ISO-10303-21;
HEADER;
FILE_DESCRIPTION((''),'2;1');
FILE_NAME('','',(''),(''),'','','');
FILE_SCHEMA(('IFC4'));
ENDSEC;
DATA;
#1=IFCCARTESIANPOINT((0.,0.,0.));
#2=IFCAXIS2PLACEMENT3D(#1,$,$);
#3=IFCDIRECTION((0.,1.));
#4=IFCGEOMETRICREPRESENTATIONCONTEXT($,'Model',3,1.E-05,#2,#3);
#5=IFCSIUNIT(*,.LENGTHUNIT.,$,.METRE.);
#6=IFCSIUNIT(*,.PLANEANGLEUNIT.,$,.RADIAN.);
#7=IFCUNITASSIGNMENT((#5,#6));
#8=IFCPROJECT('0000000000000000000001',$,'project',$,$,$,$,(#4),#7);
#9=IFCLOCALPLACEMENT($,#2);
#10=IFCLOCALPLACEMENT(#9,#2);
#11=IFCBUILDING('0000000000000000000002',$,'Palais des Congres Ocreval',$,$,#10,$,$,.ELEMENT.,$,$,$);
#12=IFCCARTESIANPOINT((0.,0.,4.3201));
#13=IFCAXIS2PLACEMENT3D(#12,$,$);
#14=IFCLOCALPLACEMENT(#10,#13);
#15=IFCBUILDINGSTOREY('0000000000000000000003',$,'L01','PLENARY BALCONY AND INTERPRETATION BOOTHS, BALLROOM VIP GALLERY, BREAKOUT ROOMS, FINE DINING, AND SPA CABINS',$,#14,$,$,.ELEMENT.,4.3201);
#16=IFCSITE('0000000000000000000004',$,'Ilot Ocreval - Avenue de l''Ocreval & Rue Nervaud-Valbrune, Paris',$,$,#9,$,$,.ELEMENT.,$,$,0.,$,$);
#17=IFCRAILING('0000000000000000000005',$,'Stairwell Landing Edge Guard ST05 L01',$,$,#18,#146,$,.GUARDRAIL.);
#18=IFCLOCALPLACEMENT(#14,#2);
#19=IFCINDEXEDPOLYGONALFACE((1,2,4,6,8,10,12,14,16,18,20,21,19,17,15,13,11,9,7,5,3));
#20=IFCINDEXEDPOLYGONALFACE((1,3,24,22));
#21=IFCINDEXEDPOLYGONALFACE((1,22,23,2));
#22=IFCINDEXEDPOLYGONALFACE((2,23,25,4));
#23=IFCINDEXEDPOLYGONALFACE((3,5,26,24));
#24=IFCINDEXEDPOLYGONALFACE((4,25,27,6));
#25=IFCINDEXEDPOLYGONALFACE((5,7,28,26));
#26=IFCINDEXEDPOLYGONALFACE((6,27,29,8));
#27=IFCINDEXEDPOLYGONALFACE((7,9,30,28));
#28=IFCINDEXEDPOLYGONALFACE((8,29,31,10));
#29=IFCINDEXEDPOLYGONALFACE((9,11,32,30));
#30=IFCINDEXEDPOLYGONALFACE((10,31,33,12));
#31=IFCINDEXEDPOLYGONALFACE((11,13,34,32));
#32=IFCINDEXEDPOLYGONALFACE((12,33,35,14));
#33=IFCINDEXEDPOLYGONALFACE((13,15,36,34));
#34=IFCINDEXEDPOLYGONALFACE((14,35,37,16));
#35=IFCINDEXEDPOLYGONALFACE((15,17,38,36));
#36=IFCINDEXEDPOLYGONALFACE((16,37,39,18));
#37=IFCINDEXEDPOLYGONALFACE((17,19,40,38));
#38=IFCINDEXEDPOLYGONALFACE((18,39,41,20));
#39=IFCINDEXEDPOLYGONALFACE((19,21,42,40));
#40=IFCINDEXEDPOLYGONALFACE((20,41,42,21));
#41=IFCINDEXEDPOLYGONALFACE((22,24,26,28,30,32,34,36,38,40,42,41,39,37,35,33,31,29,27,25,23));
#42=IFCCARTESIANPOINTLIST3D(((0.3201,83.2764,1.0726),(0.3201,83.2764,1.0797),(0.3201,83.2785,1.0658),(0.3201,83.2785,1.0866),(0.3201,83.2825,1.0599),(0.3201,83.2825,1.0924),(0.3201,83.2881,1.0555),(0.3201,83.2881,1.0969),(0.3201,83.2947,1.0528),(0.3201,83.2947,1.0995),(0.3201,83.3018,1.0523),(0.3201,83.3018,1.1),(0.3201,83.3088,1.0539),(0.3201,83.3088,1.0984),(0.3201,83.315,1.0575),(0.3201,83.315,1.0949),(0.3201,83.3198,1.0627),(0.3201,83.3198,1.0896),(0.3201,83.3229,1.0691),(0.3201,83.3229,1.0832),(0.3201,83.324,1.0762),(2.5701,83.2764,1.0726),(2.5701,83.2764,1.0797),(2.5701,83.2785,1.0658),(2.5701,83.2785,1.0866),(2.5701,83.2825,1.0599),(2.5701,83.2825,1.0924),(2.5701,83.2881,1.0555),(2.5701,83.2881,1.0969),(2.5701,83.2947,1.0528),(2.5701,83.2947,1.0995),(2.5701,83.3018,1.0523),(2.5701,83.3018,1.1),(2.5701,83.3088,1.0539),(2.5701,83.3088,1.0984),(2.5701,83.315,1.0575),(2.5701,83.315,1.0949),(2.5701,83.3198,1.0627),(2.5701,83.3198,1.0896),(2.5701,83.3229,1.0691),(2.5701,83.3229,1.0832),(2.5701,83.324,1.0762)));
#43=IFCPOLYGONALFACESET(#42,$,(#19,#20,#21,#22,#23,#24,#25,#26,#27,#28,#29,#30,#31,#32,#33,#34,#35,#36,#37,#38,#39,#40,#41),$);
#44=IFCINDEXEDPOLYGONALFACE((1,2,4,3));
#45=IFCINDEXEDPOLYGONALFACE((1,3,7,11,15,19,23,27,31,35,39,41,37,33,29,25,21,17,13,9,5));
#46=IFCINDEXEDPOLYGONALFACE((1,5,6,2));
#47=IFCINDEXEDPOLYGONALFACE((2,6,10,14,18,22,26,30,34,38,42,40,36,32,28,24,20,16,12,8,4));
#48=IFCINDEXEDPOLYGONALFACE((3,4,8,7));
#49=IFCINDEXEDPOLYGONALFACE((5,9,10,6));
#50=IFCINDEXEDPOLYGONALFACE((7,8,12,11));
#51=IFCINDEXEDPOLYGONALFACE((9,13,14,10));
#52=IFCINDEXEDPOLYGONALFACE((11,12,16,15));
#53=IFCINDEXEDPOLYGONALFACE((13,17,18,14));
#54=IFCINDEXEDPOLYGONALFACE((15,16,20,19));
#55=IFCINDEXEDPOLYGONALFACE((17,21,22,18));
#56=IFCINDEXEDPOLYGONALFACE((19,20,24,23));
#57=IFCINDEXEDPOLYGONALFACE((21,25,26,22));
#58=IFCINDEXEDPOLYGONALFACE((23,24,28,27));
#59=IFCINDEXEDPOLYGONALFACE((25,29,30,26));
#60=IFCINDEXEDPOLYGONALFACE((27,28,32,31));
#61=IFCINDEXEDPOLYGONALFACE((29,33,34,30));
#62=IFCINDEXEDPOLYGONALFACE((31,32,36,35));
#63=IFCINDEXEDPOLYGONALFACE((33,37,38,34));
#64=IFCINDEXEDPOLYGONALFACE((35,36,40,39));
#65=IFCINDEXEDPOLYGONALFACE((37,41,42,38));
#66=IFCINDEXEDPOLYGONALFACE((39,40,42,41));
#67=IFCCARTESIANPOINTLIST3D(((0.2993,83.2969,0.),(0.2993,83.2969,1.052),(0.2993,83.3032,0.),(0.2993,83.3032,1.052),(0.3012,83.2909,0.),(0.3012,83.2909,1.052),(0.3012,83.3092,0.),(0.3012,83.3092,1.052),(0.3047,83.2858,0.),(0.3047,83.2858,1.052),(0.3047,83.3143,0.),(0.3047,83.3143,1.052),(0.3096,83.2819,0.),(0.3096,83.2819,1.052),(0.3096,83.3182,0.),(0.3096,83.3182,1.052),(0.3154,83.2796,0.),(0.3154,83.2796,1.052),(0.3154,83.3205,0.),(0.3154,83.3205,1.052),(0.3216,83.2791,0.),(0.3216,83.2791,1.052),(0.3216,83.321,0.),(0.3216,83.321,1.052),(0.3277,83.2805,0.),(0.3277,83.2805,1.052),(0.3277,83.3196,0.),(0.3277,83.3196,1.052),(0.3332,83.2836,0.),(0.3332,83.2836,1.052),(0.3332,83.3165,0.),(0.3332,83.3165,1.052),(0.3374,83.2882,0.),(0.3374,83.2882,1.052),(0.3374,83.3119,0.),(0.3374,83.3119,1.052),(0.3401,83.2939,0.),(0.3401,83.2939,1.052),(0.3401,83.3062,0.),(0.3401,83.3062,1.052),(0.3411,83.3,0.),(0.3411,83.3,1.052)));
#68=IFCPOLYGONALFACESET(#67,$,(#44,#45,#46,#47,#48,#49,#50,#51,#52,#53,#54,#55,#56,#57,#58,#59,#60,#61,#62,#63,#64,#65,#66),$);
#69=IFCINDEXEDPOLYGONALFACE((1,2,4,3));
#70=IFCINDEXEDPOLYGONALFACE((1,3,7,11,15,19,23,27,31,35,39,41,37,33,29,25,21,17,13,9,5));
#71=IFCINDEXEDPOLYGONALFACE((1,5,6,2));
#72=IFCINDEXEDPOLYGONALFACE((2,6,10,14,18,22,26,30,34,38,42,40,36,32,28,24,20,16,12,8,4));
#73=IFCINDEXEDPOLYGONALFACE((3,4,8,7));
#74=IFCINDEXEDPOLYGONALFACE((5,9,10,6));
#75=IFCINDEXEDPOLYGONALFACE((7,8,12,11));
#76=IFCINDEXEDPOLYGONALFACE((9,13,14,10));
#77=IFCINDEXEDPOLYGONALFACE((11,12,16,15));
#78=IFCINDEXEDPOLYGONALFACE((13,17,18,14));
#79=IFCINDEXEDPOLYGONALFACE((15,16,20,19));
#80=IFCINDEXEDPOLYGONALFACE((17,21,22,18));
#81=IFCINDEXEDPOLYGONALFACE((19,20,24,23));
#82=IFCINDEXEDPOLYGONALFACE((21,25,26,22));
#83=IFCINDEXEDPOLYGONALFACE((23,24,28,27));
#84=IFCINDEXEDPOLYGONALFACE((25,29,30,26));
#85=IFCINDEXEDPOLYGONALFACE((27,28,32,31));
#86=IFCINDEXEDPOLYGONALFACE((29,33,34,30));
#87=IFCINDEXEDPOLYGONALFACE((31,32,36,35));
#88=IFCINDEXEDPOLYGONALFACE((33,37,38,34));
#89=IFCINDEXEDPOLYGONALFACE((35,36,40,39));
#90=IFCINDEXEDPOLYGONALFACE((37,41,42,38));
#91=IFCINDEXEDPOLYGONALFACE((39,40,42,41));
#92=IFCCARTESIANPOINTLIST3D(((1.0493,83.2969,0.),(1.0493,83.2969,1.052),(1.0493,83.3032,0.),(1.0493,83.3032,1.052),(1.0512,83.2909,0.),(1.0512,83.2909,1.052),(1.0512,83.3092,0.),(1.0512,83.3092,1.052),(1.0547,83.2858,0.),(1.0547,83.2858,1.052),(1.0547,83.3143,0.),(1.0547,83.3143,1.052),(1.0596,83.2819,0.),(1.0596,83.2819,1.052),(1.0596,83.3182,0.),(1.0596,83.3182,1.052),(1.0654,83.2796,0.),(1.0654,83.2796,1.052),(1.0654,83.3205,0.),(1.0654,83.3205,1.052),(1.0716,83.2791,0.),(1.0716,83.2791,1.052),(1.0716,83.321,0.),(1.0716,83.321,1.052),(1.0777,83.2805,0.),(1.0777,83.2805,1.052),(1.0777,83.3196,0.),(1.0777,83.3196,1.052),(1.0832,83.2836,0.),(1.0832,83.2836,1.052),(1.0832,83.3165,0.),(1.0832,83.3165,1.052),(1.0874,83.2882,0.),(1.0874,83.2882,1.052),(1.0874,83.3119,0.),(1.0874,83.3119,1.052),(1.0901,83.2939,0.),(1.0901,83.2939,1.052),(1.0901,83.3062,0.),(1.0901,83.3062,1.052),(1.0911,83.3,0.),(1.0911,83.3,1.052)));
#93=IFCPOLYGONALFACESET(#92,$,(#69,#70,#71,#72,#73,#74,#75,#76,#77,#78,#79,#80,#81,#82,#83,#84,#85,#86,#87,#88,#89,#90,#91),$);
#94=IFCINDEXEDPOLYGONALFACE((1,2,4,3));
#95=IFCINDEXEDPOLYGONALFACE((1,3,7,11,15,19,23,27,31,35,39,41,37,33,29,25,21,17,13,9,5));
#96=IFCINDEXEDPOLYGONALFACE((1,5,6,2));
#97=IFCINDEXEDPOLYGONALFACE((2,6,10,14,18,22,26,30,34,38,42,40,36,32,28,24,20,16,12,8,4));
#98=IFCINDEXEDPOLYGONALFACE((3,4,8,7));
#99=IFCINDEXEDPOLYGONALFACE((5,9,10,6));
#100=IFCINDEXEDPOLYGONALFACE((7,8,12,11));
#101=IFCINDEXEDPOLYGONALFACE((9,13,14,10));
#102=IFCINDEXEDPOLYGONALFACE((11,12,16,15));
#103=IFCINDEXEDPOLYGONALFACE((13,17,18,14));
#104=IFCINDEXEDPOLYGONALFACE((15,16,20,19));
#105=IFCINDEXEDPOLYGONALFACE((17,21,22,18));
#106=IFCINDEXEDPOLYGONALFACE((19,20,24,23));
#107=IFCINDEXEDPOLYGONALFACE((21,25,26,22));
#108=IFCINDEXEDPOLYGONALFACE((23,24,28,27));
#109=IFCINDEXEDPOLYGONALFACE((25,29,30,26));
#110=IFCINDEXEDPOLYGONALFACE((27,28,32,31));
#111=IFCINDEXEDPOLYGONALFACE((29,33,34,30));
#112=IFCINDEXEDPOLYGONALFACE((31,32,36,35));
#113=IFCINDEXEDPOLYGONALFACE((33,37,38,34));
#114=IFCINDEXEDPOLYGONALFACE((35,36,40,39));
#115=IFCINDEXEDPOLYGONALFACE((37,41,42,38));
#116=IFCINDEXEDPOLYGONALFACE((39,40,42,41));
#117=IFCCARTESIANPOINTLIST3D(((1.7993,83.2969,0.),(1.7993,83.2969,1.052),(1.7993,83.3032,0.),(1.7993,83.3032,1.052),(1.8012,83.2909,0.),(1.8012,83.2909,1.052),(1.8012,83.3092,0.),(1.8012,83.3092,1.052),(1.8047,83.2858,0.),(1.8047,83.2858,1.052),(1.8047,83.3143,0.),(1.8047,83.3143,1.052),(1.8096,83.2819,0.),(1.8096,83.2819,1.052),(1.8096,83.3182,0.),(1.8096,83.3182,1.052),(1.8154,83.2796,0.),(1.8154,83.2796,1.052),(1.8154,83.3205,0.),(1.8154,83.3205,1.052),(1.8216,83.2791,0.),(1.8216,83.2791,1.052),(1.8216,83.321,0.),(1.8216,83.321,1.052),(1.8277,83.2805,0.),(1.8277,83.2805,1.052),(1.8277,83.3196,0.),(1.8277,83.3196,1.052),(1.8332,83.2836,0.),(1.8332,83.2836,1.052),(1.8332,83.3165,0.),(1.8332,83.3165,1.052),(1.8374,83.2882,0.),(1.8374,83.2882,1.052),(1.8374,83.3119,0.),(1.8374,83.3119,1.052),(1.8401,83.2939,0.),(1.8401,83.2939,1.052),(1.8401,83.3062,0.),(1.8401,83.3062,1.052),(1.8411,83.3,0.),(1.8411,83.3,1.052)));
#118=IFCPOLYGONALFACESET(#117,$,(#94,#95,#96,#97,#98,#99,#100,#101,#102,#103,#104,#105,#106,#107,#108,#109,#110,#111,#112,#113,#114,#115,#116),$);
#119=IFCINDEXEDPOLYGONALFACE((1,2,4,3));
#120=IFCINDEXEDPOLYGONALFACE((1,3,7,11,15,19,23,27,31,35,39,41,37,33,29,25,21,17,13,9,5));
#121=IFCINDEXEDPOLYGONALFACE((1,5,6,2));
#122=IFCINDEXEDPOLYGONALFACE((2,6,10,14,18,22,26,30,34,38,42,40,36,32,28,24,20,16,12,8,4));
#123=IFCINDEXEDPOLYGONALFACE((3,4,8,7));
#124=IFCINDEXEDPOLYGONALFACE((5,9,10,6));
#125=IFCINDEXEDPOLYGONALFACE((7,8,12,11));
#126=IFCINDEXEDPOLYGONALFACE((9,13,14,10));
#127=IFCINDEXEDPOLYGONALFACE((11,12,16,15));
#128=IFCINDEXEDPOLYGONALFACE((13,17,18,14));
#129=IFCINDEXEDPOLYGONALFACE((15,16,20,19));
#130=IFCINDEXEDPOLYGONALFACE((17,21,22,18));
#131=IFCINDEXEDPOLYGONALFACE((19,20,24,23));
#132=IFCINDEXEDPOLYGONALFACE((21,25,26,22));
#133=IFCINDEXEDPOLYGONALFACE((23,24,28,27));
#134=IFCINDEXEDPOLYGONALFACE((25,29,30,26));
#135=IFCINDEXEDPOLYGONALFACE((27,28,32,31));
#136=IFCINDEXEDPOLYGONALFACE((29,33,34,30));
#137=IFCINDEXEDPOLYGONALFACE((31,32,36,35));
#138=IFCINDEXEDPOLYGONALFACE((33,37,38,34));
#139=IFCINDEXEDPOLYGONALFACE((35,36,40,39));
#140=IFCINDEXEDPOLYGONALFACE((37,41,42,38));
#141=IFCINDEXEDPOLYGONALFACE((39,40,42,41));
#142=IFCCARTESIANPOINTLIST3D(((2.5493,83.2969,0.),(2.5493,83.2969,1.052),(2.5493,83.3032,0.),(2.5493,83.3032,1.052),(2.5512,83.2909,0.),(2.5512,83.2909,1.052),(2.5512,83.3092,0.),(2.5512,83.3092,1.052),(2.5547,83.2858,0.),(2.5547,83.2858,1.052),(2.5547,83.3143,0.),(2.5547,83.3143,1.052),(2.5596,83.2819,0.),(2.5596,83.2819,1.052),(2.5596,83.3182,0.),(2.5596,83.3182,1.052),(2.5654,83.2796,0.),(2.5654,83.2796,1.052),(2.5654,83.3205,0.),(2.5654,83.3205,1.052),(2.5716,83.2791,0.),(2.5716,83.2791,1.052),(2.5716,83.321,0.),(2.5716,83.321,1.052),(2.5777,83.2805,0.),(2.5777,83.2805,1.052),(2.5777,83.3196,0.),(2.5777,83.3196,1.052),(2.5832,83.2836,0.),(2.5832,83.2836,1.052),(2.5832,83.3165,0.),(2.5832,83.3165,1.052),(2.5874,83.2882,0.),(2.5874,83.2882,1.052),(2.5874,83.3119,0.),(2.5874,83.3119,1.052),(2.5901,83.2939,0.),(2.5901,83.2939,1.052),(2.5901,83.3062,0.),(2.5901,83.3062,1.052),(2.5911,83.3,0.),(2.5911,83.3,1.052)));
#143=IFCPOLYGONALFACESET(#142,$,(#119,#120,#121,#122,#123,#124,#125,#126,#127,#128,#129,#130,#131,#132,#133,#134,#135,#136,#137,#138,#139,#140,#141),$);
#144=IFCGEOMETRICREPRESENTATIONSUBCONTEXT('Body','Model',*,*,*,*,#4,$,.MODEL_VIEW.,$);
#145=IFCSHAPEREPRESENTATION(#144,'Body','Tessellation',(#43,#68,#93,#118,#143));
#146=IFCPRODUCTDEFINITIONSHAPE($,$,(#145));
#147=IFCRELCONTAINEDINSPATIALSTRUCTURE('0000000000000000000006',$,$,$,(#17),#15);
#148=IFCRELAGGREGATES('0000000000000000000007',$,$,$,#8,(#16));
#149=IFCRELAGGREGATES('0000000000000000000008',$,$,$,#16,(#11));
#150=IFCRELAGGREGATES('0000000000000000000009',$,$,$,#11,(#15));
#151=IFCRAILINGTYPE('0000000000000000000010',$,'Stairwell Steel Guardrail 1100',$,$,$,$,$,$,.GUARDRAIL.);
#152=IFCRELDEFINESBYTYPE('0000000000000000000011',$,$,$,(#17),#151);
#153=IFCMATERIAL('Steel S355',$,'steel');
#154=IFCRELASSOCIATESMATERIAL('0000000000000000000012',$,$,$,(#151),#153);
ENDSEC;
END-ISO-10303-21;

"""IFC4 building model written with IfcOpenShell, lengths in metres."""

from ifc_helpers import new_model, si_unit, direction, frame, origin, origin_2d, place, context, subcontext, project, spatial, circle, extrude, material, type_object, element, save


model = new_model("IFC4")

# Units and contexts
model_context = context("Model", 3, precision=1e-05, world=origin(), true_north=direction((0.0, 1.0)))
body_context = subcontext(model_context, "Body", "Model", "MODEL_VIEW")
ifc_project = project(units=[si_unit("LENGTHUNIT", "METRE"), si_unit("PLANEANGLEUNIT", "RADIAN")], contexts=[model_context])

# Site, building, storey
site_placement = place(None, origin())
site = spatial("IfcSite", under=ifc_project, at=site_placement, Name="Ilot Ocreval - Avenue de l'Ocreval & Rue Nervaud-Valbrune, Paris", CompositionType="ELEMENT", RefElevation=0.0)
building_placement = place(site_placement, origin())
building = spatial("IfcBuilding", under=site, at=building_placement, Name="Palais des Congres Ocreval", CompositionType="ELEMENT")
storey_placement = place(building_placement, frame((0.0, 0.0, 4.3201)))
storey = spatial("IfcBuildingStorey", under=building, at=storey_placement, Name="L01", Description="PLENARY BALCONY AND INTERPRETATION BOOTHS, BALLROOM VIP GALLERY, BREAKOUT ROOMS, FINE DINING, AND SPA CABINS", CompositionType="ELEMENT", Elevation=4.3201)

# Shared definitions
ifc_material_1 = material(Name="Steel S355", Category="steel")

# Railing
railing_type_1 = type_object("IfcRailingType", Name="Stairwell Steel Guardrail 1100", PredefinedType="GUARDRAIL", material=ifc_material_1)
railing_1_placement = place(storey_placement, frame((0.3201, 83.3, 0.0)))
element("IfcRailing", 1, at=railing_1_placement, inside=storey, type_object=railing_type_1, Name="Stairwell Landing Edge Guard ST05 L01", PredefinedType="GUARDRAIL", context=body_context, shape_type="SweptSolid", body=[
    extrude(circle(Radius=0.0239, at=origin_2d()), frame((0.0, 0.0, 1.0762), z_axis=(1.0, 0.0, 0.0), x_axis=(0.0, 1.0, 0.0)), (0.0, 0.0, 1.0), 2.25),
    extrude(circle(Radius=0.021, at=origin_2d()), origin(), (0.0, 0.0, 1.0), 1.052),
    extrude(circle(Radius=0.021, at=origin_2d()), frame((0.75, 0.0, 0.0)), (0.0, 0.0, 1.0), 1.052),
    extrude(circle(Radius=0.021, at=origin_2d()), frame((1.5, 0.0, 0.0)), (0.0, 0.0, 1.0), 1.052),
    extrude(circle(Radius=0.021, at=origin_2d()), frame((2.25, 0.0, 0.0)), (0.0, 0.0, 1.0), 1.052),
])

save(model, "model.ifc")
